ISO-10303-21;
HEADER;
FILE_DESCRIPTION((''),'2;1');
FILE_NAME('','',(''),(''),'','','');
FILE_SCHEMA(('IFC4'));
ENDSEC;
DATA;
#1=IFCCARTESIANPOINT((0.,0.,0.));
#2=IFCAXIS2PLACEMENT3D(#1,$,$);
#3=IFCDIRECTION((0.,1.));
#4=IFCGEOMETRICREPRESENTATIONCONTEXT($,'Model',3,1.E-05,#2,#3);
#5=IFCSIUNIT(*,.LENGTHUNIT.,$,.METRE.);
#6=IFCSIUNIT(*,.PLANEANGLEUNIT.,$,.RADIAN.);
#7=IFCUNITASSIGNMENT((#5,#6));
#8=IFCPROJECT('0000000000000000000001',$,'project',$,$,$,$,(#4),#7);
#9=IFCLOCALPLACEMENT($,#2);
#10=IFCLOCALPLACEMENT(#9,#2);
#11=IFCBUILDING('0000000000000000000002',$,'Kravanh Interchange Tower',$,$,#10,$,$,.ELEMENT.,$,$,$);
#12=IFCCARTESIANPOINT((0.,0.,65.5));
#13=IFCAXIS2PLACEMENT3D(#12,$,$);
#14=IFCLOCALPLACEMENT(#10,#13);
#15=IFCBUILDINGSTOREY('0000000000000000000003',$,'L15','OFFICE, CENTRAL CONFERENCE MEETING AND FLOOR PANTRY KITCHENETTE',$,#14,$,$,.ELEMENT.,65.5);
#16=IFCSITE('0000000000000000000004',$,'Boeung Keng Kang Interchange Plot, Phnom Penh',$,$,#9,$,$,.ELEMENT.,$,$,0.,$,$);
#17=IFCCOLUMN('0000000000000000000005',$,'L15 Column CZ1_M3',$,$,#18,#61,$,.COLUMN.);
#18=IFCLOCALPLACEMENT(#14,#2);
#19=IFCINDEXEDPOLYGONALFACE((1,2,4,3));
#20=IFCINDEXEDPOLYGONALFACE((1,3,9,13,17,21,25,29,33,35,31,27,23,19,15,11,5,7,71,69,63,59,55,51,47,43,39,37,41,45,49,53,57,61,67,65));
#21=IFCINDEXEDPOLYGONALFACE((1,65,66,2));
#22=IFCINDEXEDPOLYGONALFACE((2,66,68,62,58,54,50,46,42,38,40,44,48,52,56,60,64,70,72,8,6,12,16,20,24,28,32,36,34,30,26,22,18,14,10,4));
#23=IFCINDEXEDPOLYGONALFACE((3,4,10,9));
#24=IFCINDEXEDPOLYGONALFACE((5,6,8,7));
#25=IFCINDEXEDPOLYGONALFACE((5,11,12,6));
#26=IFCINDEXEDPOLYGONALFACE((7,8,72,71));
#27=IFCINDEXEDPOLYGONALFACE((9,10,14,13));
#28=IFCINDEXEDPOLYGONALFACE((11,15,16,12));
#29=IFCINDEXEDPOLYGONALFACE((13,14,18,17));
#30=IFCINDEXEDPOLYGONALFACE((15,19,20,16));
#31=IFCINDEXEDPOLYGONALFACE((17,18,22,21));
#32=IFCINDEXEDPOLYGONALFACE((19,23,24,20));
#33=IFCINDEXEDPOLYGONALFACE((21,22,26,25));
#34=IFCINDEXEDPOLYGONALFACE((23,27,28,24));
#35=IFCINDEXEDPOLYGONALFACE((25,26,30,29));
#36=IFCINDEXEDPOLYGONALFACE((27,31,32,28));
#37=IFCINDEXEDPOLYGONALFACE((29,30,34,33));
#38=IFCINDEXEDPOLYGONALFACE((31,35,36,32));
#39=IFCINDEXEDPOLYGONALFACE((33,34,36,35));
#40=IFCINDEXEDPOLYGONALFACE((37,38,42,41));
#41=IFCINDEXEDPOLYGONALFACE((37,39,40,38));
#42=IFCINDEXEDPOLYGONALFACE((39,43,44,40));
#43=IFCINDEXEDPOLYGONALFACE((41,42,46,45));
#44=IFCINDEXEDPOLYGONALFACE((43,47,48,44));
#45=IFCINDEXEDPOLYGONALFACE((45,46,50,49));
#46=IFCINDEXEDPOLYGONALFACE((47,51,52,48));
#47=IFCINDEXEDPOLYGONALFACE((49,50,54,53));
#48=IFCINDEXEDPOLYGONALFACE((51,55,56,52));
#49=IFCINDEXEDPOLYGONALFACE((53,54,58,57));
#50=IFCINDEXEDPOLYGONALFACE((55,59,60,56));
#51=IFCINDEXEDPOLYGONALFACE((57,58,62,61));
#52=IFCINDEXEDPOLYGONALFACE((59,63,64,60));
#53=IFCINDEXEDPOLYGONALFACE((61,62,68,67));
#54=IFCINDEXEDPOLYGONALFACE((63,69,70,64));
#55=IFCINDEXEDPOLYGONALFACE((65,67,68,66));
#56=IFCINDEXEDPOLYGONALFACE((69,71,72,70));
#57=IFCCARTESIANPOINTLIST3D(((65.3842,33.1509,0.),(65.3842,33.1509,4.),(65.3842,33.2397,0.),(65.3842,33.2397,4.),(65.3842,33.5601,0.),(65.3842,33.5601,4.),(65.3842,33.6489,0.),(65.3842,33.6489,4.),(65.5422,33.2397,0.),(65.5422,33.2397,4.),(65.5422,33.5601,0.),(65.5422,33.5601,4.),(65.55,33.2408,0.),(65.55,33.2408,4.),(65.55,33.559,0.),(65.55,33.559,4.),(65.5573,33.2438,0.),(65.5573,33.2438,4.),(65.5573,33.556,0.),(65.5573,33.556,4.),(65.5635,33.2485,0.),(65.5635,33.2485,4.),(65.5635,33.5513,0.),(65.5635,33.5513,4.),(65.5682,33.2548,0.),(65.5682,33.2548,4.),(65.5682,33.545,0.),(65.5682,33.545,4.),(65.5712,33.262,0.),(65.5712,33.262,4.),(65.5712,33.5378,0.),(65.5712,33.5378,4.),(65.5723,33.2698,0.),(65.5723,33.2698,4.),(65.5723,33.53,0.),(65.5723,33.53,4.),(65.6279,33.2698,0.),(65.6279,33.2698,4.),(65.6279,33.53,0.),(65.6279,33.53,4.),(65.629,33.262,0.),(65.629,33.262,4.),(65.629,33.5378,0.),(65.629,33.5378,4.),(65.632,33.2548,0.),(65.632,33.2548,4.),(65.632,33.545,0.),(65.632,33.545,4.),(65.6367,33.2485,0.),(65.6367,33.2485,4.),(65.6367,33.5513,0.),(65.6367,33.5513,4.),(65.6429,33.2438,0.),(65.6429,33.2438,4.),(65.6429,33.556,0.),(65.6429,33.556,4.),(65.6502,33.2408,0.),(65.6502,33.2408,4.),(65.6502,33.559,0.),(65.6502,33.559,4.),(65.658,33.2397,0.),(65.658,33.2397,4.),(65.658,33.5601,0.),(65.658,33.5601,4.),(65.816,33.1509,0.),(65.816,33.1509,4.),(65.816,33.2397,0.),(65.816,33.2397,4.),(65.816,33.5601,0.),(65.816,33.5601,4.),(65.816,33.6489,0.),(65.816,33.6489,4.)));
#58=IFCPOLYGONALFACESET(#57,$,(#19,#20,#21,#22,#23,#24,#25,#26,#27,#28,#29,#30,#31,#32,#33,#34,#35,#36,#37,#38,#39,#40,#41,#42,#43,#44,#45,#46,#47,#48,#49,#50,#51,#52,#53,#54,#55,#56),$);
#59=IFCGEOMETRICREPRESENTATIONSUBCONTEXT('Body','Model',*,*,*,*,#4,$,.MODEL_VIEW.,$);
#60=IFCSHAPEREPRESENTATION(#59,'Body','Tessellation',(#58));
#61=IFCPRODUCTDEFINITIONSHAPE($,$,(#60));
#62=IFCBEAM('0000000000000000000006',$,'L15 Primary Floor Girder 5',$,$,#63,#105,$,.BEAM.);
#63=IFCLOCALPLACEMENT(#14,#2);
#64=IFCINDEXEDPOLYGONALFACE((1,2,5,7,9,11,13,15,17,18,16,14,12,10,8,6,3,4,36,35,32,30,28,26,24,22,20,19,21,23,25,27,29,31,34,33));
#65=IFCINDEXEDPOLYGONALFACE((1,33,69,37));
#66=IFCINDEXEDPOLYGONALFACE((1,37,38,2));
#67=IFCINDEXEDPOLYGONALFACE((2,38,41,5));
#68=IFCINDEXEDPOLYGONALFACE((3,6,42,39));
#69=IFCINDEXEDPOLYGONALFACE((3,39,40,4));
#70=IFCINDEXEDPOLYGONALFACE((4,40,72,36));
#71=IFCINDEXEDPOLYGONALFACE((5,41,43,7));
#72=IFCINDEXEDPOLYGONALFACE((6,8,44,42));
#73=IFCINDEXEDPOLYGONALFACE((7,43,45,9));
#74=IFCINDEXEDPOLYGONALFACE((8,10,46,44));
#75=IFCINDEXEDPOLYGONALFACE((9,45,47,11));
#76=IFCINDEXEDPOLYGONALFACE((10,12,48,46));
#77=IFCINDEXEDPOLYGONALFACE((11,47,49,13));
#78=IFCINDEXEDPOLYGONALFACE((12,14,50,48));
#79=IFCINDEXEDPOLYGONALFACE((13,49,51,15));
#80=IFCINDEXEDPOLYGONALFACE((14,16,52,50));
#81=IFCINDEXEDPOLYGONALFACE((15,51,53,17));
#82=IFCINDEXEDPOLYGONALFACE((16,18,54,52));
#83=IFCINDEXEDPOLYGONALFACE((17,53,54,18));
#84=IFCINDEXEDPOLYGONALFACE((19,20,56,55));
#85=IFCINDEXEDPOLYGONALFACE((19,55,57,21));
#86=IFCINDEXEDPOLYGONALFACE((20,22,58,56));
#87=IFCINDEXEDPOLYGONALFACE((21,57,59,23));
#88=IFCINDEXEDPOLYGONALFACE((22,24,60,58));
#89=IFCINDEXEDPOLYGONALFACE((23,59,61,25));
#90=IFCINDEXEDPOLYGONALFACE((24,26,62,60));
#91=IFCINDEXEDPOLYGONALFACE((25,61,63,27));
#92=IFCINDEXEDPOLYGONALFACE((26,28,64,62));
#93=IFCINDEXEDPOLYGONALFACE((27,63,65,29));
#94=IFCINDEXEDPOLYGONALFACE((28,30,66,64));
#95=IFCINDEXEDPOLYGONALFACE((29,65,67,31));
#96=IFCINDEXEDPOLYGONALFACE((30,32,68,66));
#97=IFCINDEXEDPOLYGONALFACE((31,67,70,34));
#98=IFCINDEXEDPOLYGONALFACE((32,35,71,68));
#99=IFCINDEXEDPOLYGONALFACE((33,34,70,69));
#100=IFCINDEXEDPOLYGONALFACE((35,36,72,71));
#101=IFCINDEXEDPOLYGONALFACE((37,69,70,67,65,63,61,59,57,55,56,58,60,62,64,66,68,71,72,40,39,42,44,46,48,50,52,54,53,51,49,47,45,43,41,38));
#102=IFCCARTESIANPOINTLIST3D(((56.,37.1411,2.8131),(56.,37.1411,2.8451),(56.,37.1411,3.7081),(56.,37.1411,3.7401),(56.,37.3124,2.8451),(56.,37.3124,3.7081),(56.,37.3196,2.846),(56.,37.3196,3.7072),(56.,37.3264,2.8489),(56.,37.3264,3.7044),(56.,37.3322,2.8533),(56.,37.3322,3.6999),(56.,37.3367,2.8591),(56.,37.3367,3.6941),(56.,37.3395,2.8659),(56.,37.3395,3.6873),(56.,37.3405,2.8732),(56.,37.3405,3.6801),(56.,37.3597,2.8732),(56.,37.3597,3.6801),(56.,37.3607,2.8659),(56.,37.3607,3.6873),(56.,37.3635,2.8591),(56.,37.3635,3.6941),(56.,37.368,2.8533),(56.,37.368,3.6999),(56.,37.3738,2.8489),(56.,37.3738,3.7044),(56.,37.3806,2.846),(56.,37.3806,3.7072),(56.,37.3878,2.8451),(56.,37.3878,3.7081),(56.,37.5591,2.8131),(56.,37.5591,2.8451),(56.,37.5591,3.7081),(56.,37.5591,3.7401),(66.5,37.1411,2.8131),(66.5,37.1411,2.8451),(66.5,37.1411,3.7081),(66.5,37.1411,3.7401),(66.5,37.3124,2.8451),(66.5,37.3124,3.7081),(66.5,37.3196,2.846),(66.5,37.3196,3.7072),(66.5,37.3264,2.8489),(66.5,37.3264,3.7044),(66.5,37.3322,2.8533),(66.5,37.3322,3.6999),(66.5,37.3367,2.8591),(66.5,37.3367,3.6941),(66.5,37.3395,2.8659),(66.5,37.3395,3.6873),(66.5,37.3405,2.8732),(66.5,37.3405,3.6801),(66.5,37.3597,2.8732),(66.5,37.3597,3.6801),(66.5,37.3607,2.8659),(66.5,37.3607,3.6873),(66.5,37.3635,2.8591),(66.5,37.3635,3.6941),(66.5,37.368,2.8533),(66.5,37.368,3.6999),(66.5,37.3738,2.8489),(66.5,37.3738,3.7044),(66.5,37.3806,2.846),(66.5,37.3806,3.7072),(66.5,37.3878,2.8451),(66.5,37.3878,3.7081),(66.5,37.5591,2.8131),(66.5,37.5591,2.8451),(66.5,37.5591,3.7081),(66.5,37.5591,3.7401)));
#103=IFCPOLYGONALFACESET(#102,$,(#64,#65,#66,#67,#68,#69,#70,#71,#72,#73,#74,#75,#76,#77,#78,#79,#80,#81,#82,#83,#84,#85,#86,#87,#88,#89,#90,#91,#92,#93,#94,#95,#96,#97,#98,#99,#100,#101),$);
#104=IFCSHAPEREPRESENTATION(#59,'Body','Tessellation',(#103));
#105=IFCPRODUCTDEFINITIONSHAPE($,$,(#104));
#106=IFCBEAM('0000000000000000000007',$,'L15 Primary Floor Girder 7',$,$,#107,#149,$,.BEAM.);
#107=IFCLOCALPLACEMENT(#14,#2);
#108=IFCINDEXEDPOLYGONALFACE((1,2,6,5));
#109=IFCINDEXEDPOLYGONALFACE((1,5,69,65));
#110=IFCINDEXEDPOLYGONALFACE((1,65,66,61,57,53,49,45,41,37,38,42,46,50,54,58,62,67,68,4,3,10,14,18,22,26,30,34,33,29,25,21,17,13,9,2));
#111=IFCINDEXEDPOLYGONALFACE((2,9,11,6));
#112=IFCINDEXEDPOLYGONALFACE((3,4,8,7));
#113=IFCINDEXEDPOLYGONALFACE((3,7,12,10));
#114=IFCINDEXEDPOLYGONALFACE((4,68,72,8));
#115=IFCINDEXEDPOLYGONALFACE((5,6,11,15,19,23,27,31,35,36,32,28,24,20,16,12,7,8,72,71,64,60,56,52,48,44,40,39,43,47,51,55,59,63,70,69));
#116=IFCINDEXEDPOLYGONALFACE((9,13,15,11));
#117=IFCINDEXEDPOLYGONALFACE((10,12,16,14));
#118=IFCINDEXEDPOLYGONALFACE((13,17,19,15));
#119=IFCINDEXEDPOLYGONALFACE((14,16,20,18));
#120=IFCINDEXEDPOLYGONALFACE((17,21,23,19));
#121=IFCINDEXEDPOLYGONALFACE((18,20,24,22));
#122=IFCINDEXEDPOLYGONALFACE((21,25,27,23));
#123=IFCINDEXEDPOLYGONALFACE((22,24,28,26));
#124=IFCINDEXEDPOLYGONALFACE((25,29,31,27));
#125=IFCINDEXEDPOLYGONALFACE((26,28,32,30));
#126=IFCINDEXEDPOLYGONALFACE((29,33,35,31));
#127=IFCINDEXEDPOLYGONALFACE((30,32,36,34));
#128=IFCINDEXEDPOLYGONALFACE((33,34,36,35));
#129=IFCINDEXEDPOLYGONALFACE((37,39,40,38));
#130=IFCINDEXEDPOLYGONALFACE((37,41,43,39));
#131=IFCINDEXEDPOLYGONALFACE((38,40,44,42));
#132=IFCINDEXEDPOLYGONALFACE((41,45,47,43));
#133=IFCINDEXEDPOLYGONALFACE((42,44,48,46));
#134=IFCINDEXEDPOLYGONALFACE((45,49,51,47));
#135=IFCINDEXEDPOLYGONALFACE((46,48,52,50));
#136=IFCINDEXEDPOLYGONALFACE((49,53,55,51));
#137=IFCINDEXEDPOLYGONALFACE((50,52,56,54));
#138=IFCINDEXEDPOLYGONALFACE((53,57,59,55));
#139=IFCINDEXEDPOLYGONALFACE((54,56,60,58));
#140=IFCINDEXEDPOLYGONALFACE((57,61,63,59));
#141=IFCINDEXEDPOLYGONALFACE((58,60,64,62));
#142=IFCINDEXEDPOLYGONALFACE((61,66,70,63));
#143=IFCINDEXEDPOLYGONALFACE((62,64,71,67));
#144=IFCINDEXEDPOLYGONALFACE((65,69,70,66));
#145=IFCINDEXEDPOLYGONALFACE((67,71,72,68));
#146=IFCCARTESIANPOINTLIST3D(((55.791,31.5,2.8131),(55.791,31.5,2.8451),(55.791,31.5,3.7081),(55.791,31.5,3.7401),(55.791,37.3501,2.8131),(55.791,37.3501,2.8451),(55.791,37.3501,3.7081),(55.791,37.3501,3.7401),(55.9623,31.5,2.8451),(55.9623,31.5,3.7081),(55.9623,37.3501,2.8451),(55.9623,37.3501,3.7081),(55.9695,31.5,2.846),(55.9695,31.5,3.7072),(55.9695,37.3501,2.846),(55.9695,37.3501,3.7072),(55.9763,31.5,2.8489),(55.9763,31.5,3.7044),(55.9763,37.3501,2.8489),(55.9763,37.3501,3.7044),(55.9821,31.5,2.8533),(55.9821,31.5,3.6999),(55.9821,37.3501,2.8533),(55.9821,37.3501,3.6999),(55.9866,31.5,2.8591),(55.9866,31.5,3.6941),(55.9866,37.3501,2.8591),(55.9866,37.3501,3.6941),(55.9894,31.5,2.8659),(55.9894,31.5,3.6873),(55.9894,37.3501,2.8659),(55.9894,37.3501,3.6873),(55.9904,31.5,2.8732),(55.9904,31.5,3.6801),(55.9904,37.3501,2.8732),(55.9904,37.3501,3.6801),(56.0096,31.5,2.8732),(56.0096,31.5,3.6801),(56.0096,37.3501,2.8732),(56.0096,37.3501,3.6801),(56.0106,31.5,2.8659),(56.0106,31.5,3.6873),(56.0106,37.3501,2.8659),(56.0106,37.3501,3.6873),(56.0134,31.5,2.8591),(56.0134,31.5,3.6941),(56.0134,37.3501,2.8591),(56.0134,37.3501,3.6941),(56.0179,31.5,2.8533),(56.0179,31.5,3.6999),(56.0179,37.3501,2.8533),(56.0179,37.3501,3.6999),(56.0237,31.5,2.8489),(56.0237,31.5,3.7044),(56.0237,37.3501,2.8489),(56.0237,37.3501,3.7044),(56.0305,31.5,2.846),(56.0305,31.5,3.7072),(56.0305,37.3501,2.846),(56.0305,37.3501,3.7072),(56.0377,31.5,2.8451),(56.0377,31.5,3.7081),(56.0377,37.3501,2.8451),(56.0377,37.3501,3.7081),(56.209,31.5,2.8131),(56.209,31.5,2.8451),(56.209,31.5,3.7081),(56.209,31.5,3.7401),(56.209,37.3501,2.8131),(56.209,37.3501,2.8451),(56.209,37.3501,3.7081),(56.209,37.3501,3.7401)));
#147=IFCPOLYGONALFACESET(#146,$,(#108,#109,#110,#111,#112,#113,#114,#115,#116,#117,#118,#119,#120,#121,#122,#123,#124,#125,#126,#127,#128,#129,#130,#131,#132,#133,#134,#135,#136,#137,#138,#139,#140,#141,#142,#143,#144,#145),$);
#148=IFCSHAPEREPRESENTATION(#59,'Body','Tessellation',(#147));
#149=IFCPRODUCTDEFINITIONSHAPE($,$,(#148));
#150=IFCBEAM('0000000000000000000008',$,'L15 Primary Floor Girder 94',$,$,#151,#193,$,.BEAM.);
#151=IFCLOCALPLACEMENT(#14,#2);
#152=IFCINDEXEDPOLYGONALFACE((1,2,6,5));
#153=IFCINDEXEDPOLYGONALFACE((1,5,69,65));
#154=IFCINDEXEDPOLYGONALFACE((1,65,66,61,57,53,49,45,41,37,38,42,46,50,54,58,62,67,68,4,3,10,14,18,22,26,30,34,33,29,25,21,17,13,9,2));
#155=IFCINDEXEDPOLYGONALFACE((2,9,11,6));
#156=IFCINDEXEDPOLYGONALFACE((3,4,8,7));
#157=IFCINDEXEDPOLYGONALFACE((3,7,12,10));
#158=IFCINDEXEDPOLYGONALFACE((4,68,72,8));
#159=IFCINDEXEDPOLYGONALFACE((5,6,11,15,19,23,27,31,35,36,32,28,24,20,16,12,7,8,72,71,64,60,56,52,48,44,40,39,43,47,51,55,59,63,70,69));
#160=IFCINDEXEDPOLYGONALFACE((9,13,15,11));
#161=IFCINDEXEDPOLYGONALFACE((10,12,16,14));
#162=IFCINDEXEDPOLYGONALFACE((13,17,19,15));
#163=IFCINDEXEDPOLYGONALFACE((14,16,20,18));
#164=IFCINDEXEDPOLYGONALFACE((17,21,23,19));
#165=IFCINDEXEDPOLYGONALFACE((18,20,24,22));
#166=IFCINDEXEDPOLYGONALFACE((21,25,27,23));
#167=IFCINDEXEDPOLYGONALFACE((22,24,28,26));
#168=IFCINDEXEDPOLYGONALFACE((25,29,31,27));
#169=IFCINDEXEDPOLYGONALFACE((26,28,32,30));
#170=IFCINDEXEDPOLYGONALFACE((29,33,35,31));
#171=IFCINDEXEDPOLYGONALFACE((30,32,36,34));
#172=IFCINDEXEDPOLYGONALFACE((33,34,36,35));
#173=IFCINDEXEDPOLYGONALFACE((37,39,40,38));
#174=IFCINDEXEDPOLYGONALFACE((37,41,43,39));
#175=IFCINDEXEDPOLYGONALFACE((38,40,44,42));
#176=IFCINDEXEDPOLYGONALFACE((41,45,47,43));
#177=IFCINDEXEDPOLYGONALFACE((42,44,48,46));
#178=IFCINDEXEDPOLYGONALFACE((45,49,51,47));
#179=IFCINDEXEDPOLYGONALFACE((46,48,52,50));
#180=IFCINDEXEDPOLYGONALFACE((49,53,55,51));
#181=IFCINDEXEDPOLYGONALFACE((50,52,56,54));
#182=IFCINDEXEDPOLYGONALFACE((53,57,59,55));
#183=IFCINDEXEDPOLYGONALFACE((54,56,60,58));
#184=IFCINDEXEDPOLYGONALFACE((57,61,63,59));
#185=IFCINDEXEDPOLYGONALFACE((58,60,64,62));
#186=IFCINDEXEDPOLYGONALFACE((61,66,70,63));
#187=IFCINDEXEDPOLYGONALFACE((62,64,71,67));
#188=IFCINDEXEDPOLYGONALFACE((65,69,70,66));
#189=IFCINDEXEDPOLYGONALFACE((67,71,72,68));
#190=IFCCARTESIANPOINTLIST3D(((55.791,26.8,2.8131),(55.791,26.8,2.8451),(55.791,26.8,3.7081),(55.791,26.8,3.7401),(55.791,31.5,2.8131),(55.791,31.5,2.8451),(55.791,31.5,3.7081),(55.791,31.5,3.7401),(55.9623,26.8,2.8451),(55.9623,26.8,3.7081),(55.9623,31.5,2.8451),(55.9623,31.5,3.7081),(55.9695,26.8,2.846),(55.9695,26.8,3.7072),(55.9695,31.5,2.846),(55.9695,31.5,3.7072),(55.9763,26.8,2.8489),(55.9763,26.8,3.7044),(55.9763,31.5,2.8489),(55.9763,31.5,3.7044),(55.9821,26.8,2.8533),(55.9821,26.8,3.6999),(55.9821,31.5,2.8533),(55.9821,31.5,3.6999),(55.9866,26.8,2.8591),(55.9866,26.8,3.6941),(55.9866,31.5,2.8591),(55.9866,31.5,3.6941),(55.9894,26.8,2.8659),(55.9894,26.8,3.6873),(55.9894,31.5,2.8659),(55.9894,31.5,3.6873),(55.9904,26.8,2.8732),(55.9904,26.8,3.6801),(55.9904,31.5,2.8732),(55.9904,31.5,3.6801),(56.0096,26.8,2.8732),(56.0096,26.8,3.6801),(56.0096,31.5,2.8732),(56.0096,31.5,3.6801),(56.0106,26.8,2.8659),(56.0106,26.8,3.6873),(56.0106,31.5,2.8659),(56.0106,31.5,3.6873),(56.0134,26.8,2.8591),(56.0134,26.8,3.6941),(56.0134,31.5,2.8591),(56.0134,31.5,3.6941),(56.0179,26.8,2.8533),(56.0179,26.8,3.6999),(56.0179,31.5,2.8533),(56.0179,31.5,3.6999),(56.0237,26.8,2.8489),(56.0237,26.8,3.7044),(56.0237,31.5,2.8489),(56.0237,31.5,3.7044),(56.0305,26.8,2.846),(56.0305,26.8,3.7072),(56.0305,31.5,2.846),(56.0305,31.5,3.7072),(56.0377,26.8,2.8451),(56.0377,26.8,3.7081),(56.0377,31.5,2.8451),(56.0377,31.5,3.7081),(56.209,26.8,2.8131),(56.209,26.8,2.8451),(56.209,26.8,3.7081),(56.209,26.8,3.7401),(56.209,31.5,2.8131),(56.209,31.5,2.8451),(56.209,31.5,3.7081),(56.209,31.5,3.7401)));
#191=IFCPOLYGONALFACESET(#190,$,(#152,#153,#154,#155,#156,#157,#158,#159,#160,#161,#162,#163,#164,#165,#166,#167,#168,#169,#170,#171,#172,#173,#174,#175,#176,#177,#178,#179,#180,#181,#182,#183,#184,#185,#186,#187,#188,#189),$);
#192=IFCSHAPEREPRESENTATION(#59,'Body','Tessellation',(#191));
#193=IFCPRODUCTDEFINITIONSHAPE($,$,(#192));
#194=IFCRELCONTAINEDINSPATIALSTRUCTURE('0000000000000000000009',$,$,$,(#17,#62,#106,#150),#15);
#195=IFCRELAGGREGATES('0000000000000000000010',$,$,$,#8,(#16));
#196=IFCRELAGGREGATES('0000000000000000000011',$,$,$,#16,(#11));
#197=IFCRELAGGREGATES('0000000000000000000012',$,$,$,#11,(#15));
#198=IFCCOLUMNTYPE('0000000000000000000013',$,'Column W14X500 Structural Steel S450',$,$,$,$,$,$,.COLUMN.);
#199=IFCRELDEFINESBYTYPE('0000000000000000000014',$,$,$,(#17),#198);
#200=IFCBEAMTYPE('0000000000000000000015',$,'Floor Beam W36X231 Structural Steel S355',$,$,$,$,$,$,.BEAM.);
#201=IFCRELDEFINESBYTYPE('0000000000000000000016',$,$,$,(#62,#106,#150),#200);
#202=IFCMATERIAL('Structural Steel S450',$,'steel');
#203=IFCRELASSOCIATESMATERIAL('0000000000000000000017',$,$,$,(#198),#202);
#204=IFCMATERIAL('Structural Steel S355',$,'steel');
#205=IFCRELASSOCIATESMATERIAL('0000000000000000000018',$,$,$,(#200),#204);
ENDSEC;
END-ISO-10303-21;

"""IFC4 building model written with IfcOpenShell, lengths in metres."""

from ifc_helpers import new_model, si_unit, direction, frame, origin, origin_2d, place, context, subcontext, project, spatial, i_section, extrude, material, material_profile, profile_set, type_object, element, save


model = new_model("IFC4")

# Units and contexts
model_context = context("Model", 3, precision=1e-05, world=origin(), true_north=direction((0.0, 1.0)))
body_context = subcontext(model_context, "Body", "Model", "MODEL_VIEW")
ifc_project = project(units=[si_unit("LENGTHUNIT", "METRE"), si_unit("PLANEANGLEUNIT", "RADIAN")], contexts=[model_context])

# Site, building, storey
site_placement = place(None, origin())
site = spatial("IfcSite", under=ifc_project, at=site_placement, Name="Boeung Keng Kang Interchange Plot, Phnom Penh", CompositionType="ELEMENT", RefElevation=0.0)
building_placement = place(site_placement, origin())
building = spatial("IfcBuilding", under=site, at=building_placement, Name="Kravanh Interchange Tower", CompositionType="ELEMENT")
storey_placement = place(building_placement, frame((0.0, 0.0, 65.5)))
storey = spatial("IfcBuildingStorey", under=building, at=storey_placement, Name="L15", Description="OFFICE, CENTRAL CONFERENCE MEETING AND FLOOR PANTRY KITCHENETTE", CompositionType="ELEMENT", Elevation=65.5)

# Column
ifc_material_1 = material(Name="Structural Steel S450", Category="steel")
ifc_material_profile_1 = material_profile(ifc_material_1, i_section(OverallWidth=0.4319, OverallDepth=0.498, WebThickness=0.0557, FlangeThickness=0.0889, FilletRadius=0.03, at=origin_2d()), Name="W14X500")
ifc_profile_set_1 = profile_set([ifc_material_profile_1], Name="Structural Steel S450")
column_type_1 = type_object("IfcColumnType", Name="Column W14X500 Structural Steel S450", PredefinedType="COLUMN", material=ifc_profile_set_1)
for number, where, z_axis, x_axis, name in (
    (1, (65.6001, 33.3999, 0.0), (0.0, 0.0, 1.0), (1.0, 0.0, 0.0), "L15 Column CZ1_M3"),
):
    element("IfcColumn", number, at=place(storey_placement, frame(where, z_axis=z_axis, x_axis=x_axis)), inside=storey, type_object=column_type_1, Name=name, PredefinedType="COLUMN", context=body_context, shape_type="SweptSolid", body=[
        extrude(i_section(OverallWidth=0.4319, OverallDepth=0.498, WebThickness=0.0557, FlangeThickness=0.0889, FilletRadius=0.03, at=origin_2d()), origin(), (0.0, 0.0, 1.0), 4.0),
    ])

# Beams
ifc_material_2 = material(Name="Structural Steel S355", Category="steel")
ifc_material_profile_2 = material_profile(ifc_material_2, i_section(OverallWidth=0.418, OverallDepth=0.927, WebThickness=0.0193, FlangeThickness=0.032, FilletRadius=0.0281, at=origin_2d()), Name="W36X231")
ifc_profile_set_2 = profile_set([ifc_material_profile_2], Name="Structural Steel S355")
beam_type_1 = type_object("IfcBeamType", Name="Floor Beam W36X231 Structural Steel S355", PredefinedType="BEAM", material=ifc_profile_set_2)
beam_1_placement = place(storey_placement, frame((66.5, 37.3501, 3.2766), z_axis=(-1.0, 0.0, 0.0), x_axis=(0.0, -1.0, 0.0)))
element("IfcBeam", 2, at=beam_1_placement, inside=storey, type_object=beam_type_1, Name="L15 Primary Floor Girder 5", PredefinedType="BEAM", context=body_context, shape_type="SweptSolid", body=[
    extrude(i_section(OverallWidth=0.418, OverallDepth=0.927, WebThickness=0.0193, FlangeThickness=0.032, FilletRadius=0.0281, at=origin_2d()), origin(), (0.0, 0.0, 1.0), 10.5),
])
beam_2_placement = place(storey_placement, frame((56.0, 37.3501, 3.2766), z_axis=(0.0, -1.0, 0.0), x_axis=(1.0, 0.0, 0.0)))
element("IfcBeam", 3, at=beam_2_placement, inside=storey, type_object=beam_type_1, Name="L15 Primary Floor Girder 7", PredefinedType="BEAM", context=body_context, shape_type="SweptSolid", body=[
    extrude(i_section(OverallWidth=0.418, OverallDepth=0.927, WebThickness=0.0193, FlangeThickness=0.032, FilletRadius=0.0281, at=origin_2d()), origin(), (0.0, 0.0, 1.0), 5.8501),
])
beam_3_placement = place(storey_placement, frame((56.0, 26.8, 3.2766), z_axis=(0.0, 1.0, 0.0), x_axis=(-1.0, 0.0, 0.0)))
element("IfcBeam", 4, at=beam_3_placement, inside=storey, type_object=beam_type_1, Name="L15 Primary Floor Girder 94", PredefinedType="BEAM", context=body_context, shape_type="SweptSolid", body=[
    extrude(i_section(OverallWidth=0.418, OverallDepth=0.927, WebThickness=0.0193, FlangeThickness=0.032, FilletRadius=0.0281, at=origin_2d()), origin(), (0.0, 0.0, 1.0), 4.7),
])

save(model, "model.ifc")
